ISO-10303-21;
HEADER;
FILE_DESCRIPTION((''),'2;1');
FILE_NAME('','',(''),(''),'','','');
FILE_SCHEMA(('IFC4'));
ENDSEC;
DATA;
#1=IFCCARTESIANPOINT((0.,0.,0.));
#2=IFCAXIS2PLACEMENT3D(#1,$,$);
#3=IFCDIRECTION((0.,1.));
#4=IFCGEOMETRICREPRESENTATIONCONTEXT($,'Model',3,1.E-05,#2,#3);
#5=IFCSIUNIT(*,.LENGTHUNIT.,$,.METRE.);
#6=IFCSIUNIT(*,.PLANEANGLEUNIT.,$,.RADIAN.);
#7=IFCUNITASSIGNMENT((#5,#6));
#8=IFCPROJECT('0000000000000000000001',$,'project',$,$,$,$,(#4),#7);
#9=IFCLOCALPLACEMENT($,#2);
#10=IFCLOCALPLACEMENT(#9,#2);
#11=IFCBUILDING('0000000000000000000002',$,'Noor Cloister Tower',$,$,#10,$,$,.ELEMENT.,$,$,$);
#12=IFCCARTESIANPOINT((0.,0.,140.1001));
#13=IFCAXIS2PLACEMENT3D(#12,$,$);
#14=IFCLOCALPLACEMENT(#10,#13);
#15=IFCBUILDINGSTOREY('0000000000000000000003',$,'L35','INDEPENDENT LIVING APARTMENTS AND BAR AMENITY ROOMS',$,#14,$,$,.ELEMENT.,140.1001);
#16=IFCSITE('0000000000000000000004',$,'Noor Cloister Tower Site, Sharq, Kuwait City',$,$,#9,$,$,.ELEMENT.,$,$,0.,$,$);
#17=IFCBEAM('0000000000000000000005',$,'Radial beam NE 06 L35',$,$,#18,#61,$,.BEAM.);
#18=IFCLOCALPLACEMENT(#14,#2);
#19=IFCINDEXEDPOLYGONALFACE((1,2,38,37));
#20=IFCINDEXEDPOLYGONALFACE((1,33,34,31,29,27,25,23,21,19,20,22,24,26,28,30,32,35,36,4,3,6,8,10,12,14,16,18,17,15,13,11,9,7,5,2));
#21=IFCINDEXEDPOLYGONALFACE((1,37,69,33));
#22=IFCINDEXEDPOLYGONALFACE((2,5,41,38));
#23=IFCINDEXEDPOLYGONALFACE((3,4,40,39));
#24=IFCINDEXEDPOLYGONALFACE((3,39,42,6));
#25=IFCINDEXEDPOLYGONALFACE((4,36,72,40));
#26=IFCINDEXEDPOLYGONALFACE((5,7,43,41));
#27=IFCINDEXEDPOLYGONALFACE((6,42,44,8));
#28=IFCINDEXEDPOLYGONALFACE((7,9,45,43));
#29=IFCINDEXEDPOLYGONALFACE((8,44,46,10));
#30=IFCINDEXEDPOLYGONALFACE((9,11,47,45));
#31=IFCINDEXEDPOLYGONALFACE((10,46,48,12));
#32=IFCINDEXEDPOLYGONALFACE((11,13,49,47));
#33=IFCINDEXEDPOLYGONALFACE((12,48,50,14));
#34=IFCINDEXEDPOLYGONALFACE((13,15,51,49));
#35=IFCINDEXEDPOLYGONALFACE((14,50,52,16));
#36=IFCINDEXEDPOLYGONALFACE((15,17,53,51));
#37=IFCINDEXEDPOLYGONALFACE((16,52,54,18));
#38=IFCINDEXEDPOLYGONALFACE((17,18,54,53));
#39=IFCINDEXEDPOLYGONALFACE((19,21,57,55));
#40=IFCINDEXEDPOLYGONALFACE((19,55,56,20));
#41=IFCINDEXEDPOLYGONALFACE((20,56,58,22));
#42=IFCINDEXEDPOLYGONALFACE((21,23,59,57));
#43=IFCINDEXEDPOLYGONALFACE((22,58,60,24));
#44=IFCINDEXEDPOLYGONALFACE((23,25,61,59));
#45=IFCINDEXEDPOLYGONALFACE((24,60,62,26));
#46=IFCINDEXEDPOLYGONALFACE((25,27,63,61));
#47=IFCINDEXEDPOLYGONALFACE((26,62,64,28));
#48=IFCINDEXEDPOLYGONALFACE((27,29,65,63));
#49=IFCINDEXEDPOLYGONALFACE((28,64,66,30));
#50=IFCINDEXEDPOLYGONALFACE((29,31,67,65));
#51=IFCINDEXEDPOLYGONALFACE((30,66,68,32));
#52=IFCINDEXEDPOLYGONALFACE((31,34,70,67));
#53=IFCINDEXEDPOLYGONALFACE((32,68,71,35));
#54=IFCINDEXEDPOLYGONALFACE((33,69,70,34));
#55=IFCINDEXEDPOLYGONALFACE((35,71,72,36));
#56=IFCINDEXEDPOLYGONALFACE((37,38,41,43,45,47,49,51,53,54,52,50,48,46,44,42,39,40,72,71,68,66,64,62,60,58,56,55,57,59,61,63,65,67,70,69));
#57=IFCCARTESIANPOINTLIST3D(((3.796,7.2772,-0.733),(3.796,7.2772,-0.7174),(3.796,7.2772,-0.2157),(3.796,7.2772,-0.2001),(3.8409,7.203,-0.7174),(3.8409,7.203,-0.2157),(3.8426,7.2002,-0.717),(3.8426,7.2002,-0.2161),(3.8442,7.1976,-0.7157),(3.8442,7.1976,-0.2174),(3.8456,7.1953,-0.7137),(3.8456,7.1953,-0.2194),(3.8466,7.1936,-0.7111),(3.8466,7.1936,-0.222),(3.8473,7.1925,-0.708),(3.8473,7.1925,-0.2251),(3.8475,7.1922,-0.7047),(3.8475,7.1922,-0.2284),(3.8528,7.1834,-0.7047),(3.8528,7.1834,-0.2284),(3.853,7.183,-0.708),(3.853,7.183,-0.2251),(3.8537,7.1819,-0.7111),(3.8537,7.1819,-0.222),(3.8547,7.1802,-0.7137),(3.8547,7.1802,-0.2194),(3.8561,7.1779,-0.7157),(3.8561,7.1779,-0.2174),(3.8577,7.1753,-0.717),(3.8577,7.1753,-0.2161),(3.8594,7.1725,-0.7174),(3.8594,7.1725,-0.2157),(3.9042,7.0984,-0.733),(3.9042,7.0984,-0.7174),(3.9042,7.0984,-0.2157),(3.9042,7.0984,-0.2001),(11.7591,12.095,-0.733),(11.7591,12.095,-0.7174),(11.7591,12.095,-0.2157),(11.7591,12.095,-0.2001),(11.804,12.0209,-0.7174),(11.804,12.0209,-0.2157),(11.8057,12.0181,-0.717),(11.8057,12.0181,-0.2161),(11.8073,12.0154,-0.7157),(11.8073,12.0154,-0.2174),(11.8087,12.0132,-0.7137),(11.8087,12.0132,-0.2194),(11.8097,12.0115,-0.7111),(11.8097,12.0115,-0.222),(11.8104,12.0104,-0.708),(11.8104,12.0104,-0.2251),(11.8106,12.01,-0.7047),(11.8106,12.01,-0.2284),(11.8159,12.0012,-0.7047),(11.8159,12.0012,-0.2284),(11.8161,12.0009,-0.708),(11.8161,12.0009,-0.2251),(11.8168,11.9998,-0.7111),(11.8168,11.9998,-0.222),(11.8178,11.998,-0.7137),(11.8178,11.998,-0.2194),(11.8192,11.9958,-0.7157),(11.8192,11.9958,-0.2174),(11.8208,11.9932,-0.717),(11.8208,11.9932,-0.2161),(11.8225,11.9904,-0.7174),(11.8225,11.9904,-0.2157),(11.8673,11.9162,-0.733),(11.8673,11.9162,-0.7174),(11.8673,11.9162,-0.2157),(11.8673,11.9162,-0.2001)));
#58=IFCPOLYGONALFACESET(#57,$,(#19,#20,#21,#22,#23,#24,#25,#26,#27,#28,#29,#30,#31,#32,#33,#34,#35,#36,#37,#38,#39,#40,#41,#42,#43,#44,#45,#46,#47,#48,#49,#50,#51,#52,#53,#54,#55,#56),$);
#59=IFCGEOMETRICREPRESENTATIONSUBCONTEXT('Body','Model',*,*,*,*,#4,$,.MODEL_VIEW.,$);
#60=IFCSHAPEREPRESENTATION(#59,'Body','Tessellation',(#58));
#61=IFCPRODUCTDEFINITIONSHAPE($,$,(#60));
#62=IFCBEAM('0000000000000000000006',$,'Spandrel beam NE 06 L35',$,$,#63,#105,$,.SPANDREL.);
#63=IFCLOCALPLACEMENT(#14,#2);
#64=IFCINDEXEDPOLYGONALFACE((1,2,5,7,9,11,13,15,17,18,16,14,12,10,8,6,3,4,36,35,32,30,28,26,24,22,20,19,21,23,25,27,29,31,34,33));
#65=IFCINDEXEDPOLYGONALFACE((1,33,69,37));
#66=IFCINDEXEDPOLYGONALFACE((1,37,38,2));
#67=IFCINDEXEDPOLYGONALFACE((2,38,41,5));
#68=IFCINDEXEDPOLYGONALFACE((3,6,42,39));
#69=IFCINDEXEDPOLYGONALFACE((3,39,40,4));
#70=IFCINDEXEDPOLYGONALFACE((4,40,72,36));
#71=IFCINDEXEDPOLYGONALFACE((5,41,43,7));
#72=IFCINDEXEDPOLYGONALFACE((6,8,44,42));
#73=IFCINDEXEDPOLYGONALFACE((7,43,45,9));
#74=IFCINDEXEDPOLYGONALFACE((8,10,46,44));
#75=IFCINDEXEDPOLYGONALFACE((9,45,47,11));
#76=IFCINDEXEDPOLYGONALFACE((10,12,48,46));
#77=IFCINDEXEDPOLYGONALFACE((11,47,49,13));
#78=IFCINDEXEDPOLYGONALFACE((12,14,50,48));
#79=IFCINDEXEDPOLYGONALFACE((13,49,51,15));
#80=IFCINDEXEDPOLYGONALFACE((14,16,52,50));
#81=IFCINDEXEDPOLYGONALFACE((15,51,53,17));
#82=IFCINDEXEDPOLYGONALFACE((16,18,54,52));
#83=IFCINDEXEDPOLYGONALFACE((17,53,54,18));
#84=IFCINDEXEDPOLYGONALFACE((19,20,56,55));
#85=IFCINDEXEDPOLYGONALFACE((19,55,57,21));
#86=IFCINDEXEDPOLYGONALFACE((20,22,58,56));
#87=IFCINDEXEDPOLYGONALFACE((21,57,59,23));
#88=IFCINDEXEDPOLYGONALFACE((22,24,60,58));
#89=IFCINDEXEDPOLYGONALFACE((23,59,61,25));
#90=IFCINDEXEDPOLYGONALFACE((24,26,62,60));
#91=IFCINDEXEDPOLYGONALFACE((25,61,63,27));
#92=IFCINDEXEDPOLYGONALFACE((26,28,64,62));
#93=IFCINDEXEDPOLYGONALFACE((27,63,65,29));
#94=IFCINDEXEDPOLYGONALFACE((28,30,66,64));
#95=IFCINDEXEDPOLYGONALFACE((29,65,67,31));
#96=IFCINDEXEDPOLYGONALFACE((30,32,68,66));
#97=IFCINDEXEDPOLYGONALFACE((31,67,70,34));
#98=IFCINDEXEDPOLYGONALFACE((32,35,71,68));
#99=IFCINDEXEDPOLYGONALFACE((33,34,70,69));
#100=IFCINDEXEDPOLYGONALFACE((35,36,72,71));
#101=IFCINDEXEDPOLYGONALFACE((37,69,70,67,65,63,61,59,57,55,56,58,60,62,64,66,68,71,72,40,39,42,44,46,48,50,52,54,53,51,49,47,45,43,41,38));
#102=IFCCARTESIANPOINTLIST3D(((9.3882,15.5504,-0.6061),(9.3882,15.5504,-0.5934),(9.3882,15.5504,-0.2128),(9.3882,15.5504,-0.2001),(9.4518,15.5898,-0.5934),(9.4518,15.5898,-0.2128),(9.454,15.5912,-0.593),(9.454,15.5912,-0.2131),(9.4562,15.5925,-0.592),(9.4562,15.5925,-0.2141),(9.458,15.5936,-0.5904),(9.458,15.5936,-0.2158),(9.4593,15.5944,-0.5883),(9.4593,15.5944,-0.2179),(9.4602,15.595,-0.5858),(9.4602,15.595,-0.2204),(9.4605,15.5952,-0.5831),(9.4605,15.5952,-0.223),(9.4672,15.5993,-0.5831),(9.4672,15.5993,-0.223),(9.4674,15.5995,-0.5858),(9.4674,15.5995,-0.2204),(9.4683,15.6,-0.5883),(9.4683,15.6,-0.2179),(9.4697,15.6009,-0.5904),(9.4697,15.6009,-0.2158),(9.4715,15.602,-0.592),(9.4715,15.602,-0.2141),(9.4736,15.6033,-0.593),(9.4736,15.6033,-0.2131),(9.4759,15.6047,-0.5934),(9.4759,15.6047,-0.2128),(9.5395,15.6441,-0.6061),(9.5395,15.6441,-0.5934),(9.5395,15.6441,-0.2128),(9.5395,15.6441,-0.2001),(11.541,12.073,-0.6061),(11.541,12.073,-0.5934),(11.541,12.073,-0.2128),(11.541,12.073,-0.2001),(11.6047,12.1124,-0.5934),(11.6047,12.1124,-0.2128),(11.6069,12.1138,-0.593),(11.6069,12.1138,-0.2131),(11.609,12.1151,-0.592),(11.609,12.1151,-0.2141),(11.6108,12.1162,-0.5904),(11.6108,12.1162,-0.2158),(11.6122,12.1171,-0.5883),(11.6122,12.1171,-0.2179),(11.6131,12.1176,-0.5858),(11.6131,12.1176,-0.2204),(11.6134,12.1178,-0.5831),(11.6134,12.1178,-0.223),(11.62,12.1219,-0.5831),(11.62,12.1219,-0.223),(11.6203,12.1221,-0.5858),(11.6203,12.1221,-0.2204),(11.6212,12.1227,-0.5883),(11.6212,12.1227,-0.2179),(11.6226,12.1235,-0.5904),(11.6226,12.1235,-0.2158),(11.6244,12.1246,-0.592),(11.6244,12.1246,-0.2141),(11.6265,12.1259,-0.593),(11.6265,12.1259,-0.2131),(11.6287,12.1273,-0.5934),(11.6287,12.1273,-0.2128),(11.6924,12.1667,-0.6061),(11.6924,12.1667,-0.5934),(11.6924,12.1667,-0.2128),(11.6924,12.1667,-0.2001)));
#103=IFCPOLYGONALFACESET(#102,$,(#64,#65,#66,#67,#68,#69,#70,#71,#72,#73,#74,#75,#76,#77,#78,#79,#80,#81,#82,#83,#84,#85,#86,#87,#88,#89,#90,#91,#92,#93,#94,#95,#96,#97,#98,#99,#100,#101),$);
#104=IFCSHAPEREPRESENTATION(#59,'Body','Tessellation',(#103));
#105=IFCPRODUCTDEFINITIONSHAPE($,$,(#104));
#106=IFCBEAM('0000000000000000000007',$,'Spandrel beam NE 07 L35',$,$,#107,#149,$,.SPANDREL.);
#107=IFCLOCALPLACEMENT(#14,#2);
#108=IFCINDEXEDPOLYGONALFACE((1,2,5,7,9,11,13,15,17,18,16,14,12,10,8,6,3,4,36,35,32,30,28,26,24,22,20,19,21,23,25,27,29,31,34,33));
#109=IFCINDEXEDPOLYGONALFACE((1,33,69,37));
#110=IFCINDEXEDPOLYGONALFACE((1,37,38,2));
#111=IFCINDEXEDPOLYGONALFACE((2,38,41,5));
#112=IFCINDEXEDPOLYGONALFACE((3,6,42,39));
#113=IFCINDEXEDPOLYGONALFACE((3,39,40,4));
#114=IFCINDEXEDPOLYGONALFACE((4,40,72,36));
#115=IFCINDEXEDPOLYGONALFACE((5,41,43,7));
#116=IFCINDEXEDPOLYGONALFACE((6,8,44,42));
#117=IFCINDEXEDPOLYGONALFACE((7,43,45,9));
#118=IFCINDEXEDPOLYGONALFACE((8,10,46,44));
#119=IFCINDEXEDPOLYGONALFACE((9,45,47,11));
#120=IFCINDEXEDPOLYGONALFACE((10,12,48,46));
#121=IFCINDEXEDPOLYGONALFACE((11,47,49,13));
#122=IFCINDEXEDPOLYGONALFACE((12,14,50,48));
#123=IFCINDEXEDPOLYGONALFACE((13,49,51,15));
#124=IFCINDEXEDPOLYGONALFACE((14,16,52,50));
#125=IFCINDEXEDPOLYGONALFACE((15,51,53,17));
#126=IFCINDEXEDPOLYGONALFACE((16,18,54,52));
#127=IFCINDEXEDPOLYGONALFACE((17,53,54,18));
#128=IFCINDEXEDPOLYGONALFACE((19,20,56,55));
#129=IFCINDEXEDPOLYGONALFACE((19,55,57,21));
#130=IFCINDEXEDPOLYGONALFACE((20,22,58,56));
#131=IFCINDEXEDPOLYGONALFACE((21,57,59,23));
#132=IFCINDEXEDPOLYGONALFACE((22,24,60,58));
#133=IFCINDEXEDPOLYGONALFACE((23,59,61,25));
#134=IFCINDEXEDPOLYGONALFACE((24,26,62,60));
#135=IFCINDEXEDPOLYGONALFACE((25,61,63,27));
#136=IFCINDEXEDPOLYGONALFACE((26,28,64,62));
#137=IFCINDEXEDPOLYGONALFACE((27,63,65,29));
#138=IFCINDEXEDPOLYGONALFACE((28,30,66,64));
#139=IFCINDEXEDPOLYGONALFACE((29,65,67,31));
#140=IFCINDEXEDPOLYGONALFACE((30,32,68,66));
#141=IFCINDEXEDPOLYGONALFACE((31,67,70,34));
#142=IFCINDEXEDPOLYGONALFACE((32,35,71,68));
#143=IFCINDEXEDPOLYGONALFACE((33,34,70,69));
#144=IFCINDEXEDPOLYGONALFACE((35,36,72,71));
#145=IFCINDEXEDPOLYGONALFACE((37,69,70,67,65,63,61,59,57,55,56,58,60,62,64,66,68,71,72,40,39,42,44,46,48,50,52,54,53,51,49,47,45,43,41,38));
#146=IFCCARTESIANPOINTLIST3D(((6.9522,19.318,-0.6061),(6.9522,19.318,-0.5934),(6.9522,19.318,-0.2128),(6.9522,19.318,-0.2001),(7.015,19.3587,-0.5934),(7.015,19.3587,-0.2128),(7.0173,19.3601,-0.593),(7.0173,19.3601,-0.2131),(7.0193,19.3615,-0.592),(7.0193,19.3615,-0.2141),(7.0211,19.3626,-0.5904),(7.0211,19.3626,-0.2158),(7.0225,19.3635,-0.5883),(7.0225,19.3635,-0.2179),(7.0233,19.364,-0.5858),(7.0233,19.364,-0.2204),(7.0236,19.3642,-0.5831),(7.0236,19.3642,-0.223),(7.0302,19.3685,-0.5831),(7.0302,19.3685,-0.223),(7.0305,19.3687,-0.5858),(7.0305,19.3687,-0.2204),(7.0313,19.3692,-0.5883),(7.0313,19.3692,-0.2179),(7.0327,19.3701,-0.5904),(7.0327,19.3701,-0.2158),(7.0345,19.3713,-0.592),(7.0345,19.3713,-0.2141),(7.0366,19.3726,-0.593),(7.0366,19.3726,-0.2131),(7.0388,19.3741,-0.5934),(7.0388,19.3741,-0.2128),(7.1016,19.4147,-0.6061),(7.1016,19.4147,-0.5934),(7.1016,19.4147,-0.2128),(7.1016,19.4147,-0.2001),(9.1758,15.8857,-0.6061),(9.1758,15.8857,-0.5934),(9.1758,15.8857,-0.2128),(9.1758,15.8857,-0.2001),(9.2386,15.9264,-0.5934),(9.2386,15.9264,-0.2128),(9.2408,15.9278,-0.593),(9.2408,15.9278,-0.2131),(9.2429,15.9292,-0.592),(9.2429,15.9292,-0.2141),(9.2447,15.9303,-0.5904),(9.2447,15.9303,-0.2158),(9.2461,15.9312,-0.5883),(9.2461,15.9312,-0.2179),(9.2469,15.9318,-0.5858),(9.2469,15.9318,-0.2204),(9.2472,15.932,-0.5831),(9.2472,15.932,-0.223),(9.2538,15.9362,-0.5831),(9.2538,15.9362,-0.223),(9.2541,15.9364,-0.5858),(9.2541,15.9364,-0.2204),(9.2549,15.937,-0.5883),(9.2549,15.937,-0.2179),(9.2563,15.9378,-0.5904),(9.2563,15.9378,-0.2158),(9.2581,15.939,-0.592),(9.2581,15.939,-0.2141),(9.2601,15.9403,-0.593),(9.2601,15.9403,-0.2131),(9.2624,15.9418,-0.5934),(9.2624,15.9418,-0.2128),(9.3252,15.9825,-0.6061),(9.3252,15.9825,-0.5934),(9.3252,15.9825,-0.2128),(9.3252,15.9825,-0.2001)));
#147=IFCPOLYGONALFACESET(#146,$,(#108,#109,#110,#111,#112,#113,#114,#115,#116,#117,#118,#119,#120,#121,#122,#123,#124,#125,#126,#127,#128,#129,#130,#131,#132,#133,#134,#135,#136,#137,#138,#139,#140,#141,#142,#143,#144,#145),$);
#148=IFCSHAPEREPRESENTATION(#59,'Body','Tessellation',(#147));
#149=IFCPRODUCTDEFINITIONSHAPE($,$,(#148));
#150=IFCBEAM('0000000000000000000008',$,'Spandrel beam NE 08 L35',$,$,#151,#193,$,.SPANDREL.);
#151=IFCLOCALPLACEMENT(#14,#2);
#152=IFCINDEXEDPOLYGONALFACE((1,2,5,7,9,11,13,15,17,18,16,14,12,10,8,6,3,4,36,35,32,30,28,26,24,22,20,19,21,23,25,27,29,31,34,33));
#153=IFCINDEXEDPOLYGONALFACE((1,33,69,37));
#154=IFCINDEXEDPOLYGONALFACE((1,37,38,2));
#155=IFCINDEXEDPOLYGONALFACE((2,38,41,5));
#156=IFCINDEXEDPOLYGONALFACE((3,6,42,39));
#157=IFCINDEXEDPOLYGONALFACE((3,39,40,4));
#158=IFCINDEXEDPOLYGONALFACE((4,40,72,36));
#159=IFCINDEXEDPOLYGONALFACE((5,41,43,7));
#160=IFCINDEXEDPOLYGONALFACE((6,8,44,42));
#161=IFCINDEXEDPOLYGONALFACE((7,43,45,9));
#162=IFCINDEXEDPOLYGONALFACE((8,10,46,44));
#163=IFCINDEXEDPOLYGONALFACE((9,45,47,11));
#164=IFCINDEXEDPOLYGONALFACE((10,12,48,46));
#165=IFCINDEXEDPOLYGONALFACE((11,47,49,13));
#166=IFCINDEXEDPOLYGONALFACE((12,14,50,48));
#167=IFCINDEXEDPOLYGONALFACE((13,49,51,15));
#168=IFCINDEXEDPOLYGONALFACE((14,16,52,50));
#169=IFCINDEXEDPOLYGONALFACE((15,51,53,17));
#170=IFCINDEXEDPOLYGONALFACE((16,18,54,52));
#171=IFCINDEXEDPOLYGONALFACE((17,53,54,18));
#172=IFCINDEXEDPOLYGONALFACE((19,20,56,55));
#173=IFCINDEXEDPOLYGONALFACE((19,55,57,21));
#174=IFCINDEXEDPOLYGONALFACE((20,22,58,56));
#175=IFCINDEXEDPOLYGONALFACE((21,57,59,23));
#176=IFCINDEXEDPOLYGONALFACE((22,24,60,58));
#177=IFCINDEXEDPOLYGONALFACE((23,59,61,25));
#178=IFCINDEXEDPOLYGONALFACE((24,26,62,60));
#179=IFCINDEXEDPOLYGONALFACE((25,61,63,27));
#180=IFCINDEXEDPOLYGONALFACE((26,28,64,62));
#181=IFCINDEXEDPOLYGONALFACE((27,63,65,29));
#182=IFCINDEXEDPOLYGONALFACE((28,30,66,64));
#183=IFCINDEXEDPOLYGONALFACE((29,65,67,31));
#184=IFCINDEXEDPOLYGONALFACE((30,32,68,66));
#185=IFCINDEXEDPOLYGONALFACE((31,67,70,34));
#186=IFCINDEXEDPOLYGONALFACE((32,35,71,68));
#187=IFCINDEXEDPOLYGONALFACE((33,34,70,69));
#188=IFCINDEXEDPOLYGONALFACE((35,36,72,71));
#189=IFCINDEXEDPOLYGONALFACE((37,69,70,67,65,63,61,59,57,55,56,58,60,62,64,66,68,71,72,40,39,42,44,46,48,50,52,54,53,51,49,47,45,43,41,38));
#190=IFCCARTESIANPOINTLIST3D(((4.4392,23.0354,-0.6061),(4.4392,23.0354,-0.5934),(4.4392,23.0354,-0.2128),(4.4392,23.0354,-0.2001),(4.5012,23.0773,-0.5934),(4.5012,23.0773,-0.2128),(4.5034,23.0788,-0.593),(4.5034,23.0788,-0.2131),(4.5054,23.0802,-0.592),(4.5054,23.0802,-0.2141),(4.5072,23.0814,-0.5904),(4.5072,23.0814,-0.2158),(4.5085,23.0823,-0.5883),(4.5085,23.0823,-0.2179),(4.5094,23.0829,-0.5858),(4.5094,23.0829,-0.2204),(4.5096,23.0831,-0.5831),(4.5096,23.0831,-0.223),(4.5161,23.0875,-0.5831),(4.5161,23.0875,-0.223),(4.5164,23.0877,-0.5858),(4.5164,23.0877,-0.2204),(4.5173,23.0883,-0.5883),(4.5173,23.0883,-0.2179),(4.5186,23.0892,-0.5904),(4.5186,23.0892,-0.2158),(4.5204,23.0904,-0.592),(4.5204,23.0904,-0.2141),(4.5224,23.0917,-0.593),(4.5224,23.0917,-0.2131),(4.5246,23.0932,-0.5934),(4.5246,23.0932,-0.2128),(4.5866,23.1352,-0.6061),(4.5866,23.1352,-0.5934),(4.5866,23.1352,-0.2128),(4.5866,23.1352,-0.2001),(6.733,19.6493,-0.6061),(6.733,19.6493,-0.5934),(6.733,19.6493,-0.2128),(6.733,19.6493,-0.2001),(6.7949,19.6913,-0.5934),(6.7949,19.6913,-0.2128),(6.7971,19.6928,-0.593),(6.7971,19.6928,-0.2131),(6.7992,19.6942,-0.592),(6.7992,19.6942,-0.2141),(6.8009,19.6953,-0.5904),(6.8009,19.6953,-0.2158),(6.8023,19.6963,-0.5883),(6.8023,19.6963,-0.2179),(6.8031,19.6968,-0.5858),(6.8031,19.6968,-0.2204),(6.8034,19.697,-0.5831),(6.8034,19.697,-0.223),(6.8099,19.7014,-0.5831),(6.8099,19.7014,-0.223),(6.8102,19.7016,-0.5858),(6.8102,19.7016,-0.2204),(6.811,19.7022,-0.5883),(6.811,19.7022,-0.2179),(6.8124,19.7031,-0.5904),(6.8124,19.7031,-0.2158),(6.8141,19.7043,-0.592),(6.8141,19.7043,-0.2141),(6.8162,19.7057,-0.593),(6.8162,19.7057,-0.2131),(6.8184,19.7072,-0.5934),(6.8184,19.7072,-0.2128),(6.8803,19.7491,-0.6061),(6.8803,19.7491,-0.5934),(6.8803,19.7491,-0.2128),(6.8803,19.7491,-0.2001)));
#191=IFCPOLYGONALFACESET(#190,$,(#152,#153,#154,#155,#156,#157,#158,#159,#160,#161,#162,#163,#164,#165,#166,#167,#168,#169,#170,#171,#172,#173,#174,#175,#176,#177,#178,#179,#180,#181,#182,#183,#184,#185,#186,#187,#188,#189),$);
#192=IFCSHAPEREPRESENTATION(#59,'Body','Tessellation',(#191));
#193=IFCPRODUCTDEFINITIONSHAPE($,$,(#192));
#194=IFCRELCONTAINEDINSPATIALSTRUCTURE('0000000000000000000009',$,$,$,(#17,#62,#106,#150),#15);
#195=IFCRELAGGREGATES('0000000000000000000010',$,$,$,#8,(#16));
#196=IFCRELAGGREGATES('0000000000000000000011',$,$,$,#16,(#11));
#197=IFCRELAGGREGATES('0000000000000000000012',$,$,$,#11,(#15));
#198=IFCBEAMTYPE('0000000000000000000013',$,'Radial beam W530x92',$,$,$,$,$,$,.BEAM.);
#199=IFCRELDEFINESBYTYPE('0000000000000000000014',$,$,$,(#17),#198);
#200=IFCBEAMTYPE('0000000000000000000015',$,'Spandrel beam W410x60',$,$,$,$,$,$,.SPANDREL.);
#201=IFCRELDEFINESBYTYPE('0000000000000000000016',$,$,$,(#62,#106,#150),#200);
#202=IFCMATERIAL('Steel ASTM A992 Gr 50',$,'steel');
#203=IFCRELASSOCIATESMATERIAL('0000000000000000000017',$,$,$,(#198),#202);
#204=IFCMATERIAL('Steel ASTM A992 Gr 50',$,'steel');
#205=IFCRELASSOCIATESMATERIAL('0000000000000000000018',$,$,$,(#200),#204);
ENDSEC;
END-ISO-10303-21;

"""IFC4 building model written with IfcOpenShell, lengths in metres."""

from ifc_helpers import new_model, si_unit, direction, frame, origin, origin_2d, place, context, subcontext, project, spatial, i_section, extrude, material, material_profile, profile_set, type_object, element, save


model = new_model("IFC4")

# Units and contexts
model_context = context("Model", 3, precision=1e-05, world=origin(), true_north=direction((0.0, 1.0)))
body_context = subcontext(model_context, "Body", "Model", "MODEL_VIEW")
ifc_project = project(units=[si_unit("LENGTHUNIT", "METRE"), si_unit("PLANEANGLEUNIT", "RADIAN")], contexts=[model_context])

# Site, building, storey
site_placement = place(None, origin())
site = spatial("IfcSite", under=ifc_project, at=site_placement, Name="Noor Cloister Tower Site, Sharq, Kuwait City", CompositionType="ELEMENT", RefElevation=0.0)
building_placement = place(site_placement, origin())
building = spatial("IfcBuilding", under=site, at=building_placement, Name="Noor Cloister Tower", CompositionType="ELEMENT")
storey_placement = place(building_placement, frame((0.0, 0.0, 140.1001)))
storey = spatial("IfcBuildingStorey", under=building, at=storey_placement, Name="L35", Description="INDEPENDENT LIVING APARTMENTS AND BAR AMENITY ROOMS", CompositionType="ELEMENT", Elevation=140.1001)

# Beams
ifc_material_1 = material(Name="Steel ASTM A992 Gr 50", Category="steel")
ifc_material_profile_1 = material_profile(ifc_material_1, i_section(OverallWidth=0.209, OverallDepth=0.533, WebThickness=0.0103, FlangeThickness=0.0156, FilletRadius=0.0127, at=origin_2d()), Name="W530x92")
ifc_profile_set_1 = profile_set([ifc_material_profile_1], Name="Steel ASTM A992 Gr 50")
beam_type_1 = type_object("IfcBeamType", Name="Radial beam W530x92", PredefinedType="BEAM", material=ifc_profile_set_1)
beam_1_placement = place(storey_placement, frame((11.8132, 12.0056, -0.4666), z_axis=(-0.855591, -0.517652, 0.0), x_axis=(0.517652, -0.855591, 0.0)))
element("IfcBeam", 1, at=beam_1_placement, inside=storey, type_object=beam_type_1, Name="Radial beam NE 06 L35", PredefinedType="BEAM", context=body_context, shape_type="SweptSolid", body=[
    extrude(i_section(OverallWidth=0.209, OverallDepth=0.533, WebThickness=0.0103, FlangeThickness=0.0156, FilletRadius=0.0127, at=origin_2d()), origin(), (0.0, 0.0, 1.0), 9.3071),
])
ifc_material_2 = material(Name="Steel ASTM A992 Gr 50", Category="steel")
ifc_material_profile_2 = material_profile(ifc_material_2, i_section(OverallWidth=0.178, OverallDepth=0.406, WebThickness=0.0078, FlangeThickness=0.0127, FilletRadius=0.0103, at=origin_2d()), Name="W410x60")
ifc_profile_set_2 = profile_set([ifc_material_profile_2], Name="Steel ASTM A992 Gr 50")
beam_type_2 = type_object("IfcBeamType", Name="Spandrel beam W410x60", PredefinedType="SPANDREL", material=ifc_profile_set_2)
beam_2_placement = place(storey_placement, frame((11.6167, 12.1199, -0.4031), z_axis=(-0.526394, 0.850241, 0.0), x_axis=(-0.850241, -0.526394, 0.0)))
element("IfcBeam", 2, at=beam_2_placement, inside=storey, type_object=beam_type_2, Name="Spandrel beam NE 06 L35", PredefinedType="SPANDREL", context=body_context, shape_type="SweptSolid", body=[
    extrude(i_section(OverallWidth=0.178, OverallDepth=0.406, WebThickness=0.0078, FlangeThickness=0.0127, FilletRadius=0.0103, at=origin_2d()), origin(), (0.0, 0.0, 1.0), 4.0898),
])
beam_3_placement = place(storey_placement, frame((9.2505, 15.9341, -0.4031), z_axis=(-0.543714, 0.839271, 0.0), x_axis=(-0.839271, -0.543714, 0.0)))
element("IfcBeam", 3, at=beam_3_placement, inside=storey, type_object=beam_type_2, Name="Spandrel beam NE 07 L35", PredefinedType="SPANDREL", context=body_context, shape_type="SweptSolid", body=[
    extrude(i_section(OverallWidth=0.178, OverallDepth=0.406, WebThickness=0.0078, FlangeThickness=0.0127, FilletRadius=0.0103, at=origin_2d()), origin(), (0.0, 0.0, 1.0), 4.0896),
])
beam_4_placement = place(storey_placement, frame((6.8066, 19.6992, -0.4031), z_axis=(-0.560843, 0.827922, 0.0), x_axis=(-0.827922, -0.560843, 0.0)))
element("IfcBeam", 4, at=beam_4_placement, inside=storey, type_object=beam_type_2, Name="Spandrel beam NE 08 L35", PredefinedType="SPANDREL", context=body_context, shape_type="SweptSolid", body=[
    extrude(i_section(OverallWidth=0.178, OverallDepth=0.406, WebThickness=0.0078, FlangeThickness=0.0127, FilletRadius=0.0103, at=origin_2d()), origin(), (0.0, 0.0, 1.0), 4.0898),
])

save(model, "model.ifc")
